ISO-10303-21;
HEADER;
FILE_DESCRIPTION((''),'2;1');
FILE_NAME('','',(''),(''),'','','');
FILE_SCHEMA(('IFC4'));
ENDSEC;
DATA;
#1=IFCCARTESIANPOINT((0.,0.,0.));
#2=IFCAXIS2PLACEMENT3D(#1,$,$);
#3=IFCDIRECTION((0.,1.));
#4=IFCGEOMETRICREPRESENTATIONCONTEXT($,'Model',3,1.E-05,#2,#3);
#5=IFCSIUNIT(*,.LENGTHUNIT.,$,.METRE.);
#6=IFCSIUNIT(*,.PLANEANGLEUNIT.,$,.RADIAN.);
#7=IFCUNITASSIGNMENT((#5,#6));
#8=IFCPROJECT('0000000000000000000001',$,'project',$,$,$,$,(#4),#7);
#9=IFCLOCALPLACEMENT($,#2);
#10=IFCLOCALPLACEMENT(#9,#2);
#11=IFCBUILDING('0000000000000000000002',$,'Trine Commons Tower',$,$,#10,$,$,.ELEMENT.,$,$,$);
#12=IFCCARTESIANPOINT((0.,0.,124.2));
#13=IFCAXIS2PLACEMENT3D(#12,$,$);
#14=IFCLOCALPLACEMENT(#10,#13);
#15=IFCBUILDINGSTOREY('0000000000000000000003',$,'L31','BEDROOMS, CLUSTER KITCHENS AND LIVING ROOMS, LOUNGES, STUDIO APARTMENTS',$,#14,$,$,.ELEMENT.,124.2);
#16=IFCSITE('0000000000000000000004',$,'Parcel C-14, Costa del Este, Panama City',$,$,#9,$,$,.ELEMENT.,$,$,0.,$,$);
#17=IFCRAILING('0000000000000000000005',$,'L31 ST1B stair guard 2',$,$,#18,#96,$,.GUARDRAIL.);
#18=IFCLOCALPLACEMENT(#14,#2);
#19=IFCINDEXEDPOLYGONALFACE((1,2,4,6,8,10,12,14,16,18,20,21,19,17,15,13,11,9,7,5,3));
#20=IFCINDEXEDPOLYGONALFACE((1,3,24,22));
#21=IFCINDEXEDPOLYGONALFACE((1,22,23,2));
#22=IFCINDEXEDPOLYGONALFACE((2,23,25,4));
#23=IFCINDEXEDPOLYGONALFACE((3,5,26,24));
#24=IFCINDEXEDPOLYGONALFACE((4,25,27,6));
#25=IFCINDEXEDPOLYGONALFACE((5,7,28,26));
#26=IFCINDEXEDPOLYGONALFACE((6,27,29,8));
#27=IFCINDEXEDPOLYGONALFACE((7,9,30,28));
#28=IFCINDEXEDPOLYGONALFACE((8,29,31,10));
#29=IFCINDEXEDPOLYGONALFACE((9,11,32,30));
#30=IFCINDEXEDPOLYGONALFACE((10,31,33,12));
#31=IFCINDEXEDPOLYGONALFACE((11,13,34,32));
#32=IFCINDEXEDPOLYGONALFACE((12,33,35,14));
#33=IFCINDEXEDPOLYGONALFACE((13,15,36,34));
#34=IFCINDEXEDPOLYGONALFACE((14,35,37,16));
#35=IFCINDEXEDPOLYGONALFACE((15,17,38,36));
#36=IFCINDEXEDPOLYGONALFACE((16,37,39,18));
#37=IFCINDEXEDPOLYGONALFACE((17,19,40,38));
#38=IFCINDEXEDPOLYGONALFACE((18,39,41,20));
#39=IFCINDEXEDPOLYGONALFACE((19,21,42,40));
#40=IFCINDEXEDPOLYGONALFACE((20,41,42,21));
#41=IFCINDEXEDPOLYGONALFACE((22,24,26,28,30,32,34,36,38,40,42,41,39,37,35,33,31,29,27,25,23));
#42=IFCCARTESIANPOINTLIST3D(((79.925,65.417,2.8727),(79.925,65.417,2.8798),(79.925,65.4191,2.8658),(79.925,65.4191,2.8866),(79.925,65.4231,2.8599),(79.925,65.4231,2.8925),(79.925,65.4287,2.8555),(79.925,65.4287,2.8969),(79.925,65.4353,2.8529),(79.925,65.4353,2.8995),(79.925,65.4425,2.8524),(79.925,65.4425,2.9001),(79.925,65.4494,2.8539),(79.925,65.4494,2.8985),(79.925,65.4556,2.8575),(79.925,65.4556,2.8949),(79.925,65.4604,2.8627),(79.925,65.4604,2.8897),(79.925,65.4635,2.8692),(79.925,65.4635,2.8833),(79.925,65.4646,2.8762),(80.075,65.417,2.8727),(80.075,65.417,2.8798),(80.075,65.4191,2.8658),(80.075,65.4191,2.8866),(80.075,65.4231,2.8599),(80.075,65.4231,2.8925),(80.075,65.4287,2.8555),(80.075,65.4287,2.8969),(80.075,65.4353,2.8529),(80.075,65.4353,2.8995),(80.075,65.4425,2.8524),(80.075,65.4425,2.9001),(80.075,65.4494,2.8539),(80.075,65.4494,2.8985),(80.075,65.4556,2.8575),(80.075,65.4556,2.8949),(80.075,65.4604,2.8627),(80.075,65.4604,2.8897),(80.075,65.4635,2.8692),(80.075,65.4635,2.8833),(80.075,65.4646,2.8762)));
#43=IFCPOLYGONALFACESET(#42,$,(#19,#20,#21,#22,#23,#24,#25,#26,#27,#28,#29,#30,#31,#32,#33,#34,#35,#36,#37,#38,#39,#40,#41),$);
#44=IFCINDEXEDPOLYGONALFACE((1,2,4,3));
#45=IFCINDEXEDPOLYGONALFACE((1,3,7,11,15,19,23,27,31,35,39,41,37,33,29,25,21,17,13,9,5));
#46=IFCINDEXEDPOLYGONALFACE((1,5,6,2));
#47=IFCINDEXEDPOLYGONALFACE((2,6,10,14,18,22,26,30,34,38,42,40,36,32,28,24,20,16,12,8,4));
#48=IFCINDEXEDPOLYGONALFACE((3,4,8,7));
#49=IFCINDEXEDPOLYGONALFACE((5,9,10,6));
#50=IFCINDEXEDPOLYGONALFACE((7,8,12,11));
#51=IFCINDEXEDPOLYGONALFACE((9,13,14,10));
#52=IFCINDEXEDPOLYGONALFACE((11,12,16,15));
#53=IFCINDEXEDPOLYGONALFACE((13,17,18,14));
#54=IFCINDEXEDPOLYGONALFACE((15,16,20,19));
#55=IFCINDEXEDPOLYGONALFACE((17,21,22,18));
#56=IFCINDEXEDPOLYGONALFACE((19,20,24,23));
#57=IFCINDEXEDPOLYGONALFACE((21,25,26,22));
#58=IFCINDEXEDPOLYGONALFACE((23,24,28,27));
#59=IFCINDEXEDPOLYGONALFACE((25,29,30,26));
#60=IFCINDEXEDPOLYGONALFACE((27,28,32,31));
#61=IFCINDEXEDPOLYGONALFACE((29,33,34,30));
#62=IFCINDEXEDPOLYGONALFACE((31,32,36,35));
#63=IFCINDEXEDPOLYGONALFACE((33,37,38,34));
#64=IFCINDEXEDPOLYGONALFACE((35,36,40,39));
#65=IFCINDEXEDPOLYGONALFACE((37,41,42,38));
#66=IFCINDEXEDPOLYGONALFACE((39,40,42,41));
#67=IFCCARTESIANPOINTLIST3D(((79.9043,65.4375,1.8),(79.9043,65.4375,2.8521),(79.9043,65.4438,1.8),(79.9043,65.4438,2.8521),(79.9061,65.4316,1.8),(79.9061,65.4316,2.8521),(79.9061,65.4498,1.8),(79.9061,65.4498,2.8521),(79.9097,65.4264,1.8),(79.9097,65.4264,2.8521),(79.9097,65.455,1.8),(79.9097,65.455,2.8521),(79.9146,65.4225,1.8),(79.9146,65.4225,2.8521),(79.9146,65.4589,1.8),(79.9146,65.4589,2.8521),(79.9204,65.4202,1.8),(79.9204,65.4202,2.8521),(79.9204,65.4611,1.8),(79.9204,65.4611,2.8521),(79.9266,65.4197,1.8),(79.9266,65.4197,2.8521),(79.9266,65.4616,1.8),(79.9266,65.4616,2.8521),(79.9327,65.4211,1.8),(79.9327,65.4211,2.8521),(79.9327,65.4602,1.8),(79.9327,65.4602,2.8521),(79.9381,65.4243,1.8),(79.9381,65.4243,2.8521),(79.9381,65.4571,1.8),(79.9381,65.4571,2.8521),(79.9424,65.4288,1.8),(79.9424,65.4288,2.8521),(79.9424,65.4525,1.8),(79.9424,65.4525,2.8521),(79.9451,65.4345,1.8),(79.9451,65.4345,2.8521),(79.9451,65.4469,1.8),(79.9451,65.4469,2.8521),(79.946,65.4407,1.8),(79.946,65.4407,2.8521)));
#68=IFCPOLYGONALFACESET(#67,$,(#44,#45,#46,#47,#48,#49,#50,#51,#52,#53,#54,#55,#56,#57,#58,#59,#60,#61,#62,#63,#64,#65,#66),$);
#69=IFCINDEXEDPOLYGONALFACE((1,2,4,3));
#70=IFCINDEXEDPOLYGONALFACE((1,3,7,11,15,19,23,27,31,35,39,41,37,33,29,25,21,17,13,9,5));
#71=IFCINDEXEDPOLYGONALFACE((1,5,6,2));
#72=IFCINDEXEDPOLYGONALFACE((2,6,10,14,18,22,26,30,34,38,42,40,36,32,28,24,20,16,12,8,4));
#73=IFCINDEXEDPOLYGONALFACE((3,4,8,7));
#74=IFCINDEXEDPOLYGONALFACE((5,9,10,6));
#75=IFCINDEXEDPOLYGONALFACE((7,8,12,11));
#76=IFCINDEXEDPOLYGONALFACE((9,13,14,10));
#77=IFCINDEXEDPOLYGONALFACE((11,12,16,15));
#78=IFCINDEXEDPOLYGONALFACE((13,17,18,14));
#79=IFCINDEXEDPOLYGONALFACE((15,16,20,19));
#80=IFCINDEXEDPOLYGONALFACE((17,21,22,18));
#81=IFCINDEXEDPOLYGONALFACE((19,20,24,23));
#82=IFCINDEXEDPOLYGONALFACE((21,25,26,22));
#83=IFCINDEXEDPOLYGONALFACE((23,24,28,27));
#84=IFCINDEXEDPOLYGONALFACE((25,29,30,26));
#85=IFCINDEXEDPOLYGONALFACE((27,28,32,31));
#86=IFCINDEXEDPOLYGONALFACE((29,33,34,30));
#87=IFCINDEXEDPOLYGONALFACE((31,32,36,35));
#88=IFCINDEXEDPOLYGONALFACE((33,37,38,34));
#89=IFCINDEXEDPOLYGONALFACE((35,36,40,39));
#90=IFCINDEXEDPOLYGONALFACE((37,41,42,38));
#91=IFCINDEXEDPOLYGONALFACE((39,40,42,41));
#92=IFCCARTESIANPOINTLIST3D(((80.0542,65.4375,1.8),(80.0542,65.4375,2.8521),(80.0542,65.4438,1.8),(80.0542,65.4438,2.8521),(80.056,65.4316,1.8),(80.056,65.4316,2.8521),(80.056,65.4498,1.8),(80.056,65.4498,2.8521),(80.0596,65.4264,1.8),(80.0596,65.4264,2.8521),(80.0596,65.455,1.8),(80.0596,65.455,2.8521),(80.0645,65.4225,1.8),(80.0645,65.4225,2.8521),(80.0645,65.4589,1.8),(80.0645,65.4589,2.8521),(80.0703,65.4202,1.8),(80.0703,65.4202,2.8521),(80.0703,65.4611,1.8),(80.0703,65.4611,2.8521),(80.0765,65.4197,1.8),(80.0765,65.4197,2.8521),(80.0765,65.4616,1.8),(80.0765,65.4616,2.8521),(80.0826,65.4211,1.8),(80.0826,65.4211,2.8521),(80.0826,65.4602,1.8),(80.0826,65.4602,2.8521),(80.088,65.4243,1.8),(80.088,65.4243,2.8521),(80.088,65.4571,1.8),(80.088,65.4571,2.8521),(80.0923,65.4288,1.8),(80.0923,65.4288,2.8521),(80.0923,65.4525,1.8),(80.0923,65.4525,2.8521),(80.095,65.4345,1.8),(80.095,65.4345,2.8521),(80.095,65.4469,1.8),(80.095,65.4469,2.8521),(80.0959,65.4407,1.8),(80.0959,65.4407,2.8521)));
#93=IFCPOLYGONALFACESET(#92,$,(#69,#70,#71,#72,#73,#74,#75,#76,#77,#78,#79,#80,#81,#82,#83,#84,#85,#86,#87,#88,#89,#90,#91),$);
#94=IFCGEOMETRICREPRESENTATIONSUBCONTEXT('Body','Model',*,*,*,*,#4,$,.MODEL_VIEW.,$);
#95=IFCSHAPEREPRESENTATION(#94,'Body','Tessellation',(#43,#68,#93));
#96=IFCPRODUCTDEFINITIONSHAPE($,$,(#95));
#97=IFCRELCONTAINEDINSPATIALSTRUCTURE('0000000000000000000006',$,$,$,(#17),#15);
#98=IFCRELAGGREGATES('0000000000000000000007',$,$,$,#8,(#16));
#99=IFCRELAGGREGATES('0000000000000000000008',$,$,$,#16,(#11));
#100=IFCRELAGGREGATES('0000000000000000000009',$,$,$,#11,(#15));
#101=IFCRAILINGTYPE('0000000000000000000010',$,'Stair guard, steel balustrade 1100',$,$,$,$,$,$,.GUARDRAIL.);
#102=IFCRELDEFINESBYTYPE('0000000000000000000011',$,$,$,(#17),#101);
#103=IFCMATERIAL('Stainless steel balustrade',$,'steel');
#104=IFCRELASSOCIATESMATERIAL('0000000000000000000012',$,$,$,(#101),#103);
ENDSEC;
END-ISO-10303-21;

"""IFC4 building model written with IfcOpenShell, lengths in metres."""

from ifc_helpers import new_model, si_unit, direction, frame, origin, origin_2d, place, context, subcontext, project, spatial, circle, extrude, material, type_object, element, save


model = new_model("IFC4")

# Units and contexts
model_context = context("Model", 3, precision=1e-05, world=origin(), true_north=direction((0.0, 1.0)))
body_context = subcontext(model_context, "Body", "Model", "MODEL_VIEW")
ifc_project = project(units=[si_unit("LENGTHUNIT", "METRE"), si_unit("PLANEANGLEUNIT", "RADIAN")], contexts=[model_context])

# Site, building, storey
site_placement = place(None, origin())
site = spatial("IfcSite", under=ifc_project, at=site_placement, Name="Parcel C-14, Costa del Este, Panama City", CompositionType="ELEMENT", RefElevation=0.0)
building_placement = place(site_placement, origin())
building = spatial("IfcBuilding", under=site, at=building_placement, Name="Trine Commons Tower", CompositionType="ELEMENT")
storey_placement = place(building_placement, frame((0.0, 0.0, 124.2)))
storey = spatial("IfcBuildingStorey", under=building, at=storey_placement, Name="L31", Description="BEDROOMS, CLUSTER KITCHENS AND LIVING ROOMS, LOUNGES, STUDIO APARTMENTS", CompositionType="ELEMENT", Elevation=124.2)

# Railing
ifc_material_1 = material(Name="Stainless steel balustrade", Category="steel")
railing_type_1 = type_object("IfcRailingType", Name="Stair guard, steel balustrade 1100", PredefinedType="GUARDRAIL", material=ifc_material_1)
railing_1_placement = place(storey_placement, frame((79.925, 65.4407, 1.8)))
element("IfcRailing", 1, at=railing_1_placement, inside=storey, type_object=railing_type_1, Name="L31 ST1B stair guard 2", PredefinedType="GUARDRAIL", context=body_context, shape_type="SweptSolid", body=[
    extrude(circle(Radius=0.0239, at=origin_2d()), frame((0.0, 0.0, 1.0762), z_axis=(1.0, 0.0, 0.0), x_axis=(0.0, 1.0, 0.0)), (0.0, 0.0, 1.0), 0.1499),
    extrude(circle(Radius=0.021, at=origin_2d()), origin(), (0.0, 0.0, 1.0), 1.052),
    extrude(circle(Radius=0.021, at=origin_2d()), frame((0.1499, 0.0, 0.0)), (0.0, 0.0, 1.0), 1.052),
])

save(model, "model.ifc")
